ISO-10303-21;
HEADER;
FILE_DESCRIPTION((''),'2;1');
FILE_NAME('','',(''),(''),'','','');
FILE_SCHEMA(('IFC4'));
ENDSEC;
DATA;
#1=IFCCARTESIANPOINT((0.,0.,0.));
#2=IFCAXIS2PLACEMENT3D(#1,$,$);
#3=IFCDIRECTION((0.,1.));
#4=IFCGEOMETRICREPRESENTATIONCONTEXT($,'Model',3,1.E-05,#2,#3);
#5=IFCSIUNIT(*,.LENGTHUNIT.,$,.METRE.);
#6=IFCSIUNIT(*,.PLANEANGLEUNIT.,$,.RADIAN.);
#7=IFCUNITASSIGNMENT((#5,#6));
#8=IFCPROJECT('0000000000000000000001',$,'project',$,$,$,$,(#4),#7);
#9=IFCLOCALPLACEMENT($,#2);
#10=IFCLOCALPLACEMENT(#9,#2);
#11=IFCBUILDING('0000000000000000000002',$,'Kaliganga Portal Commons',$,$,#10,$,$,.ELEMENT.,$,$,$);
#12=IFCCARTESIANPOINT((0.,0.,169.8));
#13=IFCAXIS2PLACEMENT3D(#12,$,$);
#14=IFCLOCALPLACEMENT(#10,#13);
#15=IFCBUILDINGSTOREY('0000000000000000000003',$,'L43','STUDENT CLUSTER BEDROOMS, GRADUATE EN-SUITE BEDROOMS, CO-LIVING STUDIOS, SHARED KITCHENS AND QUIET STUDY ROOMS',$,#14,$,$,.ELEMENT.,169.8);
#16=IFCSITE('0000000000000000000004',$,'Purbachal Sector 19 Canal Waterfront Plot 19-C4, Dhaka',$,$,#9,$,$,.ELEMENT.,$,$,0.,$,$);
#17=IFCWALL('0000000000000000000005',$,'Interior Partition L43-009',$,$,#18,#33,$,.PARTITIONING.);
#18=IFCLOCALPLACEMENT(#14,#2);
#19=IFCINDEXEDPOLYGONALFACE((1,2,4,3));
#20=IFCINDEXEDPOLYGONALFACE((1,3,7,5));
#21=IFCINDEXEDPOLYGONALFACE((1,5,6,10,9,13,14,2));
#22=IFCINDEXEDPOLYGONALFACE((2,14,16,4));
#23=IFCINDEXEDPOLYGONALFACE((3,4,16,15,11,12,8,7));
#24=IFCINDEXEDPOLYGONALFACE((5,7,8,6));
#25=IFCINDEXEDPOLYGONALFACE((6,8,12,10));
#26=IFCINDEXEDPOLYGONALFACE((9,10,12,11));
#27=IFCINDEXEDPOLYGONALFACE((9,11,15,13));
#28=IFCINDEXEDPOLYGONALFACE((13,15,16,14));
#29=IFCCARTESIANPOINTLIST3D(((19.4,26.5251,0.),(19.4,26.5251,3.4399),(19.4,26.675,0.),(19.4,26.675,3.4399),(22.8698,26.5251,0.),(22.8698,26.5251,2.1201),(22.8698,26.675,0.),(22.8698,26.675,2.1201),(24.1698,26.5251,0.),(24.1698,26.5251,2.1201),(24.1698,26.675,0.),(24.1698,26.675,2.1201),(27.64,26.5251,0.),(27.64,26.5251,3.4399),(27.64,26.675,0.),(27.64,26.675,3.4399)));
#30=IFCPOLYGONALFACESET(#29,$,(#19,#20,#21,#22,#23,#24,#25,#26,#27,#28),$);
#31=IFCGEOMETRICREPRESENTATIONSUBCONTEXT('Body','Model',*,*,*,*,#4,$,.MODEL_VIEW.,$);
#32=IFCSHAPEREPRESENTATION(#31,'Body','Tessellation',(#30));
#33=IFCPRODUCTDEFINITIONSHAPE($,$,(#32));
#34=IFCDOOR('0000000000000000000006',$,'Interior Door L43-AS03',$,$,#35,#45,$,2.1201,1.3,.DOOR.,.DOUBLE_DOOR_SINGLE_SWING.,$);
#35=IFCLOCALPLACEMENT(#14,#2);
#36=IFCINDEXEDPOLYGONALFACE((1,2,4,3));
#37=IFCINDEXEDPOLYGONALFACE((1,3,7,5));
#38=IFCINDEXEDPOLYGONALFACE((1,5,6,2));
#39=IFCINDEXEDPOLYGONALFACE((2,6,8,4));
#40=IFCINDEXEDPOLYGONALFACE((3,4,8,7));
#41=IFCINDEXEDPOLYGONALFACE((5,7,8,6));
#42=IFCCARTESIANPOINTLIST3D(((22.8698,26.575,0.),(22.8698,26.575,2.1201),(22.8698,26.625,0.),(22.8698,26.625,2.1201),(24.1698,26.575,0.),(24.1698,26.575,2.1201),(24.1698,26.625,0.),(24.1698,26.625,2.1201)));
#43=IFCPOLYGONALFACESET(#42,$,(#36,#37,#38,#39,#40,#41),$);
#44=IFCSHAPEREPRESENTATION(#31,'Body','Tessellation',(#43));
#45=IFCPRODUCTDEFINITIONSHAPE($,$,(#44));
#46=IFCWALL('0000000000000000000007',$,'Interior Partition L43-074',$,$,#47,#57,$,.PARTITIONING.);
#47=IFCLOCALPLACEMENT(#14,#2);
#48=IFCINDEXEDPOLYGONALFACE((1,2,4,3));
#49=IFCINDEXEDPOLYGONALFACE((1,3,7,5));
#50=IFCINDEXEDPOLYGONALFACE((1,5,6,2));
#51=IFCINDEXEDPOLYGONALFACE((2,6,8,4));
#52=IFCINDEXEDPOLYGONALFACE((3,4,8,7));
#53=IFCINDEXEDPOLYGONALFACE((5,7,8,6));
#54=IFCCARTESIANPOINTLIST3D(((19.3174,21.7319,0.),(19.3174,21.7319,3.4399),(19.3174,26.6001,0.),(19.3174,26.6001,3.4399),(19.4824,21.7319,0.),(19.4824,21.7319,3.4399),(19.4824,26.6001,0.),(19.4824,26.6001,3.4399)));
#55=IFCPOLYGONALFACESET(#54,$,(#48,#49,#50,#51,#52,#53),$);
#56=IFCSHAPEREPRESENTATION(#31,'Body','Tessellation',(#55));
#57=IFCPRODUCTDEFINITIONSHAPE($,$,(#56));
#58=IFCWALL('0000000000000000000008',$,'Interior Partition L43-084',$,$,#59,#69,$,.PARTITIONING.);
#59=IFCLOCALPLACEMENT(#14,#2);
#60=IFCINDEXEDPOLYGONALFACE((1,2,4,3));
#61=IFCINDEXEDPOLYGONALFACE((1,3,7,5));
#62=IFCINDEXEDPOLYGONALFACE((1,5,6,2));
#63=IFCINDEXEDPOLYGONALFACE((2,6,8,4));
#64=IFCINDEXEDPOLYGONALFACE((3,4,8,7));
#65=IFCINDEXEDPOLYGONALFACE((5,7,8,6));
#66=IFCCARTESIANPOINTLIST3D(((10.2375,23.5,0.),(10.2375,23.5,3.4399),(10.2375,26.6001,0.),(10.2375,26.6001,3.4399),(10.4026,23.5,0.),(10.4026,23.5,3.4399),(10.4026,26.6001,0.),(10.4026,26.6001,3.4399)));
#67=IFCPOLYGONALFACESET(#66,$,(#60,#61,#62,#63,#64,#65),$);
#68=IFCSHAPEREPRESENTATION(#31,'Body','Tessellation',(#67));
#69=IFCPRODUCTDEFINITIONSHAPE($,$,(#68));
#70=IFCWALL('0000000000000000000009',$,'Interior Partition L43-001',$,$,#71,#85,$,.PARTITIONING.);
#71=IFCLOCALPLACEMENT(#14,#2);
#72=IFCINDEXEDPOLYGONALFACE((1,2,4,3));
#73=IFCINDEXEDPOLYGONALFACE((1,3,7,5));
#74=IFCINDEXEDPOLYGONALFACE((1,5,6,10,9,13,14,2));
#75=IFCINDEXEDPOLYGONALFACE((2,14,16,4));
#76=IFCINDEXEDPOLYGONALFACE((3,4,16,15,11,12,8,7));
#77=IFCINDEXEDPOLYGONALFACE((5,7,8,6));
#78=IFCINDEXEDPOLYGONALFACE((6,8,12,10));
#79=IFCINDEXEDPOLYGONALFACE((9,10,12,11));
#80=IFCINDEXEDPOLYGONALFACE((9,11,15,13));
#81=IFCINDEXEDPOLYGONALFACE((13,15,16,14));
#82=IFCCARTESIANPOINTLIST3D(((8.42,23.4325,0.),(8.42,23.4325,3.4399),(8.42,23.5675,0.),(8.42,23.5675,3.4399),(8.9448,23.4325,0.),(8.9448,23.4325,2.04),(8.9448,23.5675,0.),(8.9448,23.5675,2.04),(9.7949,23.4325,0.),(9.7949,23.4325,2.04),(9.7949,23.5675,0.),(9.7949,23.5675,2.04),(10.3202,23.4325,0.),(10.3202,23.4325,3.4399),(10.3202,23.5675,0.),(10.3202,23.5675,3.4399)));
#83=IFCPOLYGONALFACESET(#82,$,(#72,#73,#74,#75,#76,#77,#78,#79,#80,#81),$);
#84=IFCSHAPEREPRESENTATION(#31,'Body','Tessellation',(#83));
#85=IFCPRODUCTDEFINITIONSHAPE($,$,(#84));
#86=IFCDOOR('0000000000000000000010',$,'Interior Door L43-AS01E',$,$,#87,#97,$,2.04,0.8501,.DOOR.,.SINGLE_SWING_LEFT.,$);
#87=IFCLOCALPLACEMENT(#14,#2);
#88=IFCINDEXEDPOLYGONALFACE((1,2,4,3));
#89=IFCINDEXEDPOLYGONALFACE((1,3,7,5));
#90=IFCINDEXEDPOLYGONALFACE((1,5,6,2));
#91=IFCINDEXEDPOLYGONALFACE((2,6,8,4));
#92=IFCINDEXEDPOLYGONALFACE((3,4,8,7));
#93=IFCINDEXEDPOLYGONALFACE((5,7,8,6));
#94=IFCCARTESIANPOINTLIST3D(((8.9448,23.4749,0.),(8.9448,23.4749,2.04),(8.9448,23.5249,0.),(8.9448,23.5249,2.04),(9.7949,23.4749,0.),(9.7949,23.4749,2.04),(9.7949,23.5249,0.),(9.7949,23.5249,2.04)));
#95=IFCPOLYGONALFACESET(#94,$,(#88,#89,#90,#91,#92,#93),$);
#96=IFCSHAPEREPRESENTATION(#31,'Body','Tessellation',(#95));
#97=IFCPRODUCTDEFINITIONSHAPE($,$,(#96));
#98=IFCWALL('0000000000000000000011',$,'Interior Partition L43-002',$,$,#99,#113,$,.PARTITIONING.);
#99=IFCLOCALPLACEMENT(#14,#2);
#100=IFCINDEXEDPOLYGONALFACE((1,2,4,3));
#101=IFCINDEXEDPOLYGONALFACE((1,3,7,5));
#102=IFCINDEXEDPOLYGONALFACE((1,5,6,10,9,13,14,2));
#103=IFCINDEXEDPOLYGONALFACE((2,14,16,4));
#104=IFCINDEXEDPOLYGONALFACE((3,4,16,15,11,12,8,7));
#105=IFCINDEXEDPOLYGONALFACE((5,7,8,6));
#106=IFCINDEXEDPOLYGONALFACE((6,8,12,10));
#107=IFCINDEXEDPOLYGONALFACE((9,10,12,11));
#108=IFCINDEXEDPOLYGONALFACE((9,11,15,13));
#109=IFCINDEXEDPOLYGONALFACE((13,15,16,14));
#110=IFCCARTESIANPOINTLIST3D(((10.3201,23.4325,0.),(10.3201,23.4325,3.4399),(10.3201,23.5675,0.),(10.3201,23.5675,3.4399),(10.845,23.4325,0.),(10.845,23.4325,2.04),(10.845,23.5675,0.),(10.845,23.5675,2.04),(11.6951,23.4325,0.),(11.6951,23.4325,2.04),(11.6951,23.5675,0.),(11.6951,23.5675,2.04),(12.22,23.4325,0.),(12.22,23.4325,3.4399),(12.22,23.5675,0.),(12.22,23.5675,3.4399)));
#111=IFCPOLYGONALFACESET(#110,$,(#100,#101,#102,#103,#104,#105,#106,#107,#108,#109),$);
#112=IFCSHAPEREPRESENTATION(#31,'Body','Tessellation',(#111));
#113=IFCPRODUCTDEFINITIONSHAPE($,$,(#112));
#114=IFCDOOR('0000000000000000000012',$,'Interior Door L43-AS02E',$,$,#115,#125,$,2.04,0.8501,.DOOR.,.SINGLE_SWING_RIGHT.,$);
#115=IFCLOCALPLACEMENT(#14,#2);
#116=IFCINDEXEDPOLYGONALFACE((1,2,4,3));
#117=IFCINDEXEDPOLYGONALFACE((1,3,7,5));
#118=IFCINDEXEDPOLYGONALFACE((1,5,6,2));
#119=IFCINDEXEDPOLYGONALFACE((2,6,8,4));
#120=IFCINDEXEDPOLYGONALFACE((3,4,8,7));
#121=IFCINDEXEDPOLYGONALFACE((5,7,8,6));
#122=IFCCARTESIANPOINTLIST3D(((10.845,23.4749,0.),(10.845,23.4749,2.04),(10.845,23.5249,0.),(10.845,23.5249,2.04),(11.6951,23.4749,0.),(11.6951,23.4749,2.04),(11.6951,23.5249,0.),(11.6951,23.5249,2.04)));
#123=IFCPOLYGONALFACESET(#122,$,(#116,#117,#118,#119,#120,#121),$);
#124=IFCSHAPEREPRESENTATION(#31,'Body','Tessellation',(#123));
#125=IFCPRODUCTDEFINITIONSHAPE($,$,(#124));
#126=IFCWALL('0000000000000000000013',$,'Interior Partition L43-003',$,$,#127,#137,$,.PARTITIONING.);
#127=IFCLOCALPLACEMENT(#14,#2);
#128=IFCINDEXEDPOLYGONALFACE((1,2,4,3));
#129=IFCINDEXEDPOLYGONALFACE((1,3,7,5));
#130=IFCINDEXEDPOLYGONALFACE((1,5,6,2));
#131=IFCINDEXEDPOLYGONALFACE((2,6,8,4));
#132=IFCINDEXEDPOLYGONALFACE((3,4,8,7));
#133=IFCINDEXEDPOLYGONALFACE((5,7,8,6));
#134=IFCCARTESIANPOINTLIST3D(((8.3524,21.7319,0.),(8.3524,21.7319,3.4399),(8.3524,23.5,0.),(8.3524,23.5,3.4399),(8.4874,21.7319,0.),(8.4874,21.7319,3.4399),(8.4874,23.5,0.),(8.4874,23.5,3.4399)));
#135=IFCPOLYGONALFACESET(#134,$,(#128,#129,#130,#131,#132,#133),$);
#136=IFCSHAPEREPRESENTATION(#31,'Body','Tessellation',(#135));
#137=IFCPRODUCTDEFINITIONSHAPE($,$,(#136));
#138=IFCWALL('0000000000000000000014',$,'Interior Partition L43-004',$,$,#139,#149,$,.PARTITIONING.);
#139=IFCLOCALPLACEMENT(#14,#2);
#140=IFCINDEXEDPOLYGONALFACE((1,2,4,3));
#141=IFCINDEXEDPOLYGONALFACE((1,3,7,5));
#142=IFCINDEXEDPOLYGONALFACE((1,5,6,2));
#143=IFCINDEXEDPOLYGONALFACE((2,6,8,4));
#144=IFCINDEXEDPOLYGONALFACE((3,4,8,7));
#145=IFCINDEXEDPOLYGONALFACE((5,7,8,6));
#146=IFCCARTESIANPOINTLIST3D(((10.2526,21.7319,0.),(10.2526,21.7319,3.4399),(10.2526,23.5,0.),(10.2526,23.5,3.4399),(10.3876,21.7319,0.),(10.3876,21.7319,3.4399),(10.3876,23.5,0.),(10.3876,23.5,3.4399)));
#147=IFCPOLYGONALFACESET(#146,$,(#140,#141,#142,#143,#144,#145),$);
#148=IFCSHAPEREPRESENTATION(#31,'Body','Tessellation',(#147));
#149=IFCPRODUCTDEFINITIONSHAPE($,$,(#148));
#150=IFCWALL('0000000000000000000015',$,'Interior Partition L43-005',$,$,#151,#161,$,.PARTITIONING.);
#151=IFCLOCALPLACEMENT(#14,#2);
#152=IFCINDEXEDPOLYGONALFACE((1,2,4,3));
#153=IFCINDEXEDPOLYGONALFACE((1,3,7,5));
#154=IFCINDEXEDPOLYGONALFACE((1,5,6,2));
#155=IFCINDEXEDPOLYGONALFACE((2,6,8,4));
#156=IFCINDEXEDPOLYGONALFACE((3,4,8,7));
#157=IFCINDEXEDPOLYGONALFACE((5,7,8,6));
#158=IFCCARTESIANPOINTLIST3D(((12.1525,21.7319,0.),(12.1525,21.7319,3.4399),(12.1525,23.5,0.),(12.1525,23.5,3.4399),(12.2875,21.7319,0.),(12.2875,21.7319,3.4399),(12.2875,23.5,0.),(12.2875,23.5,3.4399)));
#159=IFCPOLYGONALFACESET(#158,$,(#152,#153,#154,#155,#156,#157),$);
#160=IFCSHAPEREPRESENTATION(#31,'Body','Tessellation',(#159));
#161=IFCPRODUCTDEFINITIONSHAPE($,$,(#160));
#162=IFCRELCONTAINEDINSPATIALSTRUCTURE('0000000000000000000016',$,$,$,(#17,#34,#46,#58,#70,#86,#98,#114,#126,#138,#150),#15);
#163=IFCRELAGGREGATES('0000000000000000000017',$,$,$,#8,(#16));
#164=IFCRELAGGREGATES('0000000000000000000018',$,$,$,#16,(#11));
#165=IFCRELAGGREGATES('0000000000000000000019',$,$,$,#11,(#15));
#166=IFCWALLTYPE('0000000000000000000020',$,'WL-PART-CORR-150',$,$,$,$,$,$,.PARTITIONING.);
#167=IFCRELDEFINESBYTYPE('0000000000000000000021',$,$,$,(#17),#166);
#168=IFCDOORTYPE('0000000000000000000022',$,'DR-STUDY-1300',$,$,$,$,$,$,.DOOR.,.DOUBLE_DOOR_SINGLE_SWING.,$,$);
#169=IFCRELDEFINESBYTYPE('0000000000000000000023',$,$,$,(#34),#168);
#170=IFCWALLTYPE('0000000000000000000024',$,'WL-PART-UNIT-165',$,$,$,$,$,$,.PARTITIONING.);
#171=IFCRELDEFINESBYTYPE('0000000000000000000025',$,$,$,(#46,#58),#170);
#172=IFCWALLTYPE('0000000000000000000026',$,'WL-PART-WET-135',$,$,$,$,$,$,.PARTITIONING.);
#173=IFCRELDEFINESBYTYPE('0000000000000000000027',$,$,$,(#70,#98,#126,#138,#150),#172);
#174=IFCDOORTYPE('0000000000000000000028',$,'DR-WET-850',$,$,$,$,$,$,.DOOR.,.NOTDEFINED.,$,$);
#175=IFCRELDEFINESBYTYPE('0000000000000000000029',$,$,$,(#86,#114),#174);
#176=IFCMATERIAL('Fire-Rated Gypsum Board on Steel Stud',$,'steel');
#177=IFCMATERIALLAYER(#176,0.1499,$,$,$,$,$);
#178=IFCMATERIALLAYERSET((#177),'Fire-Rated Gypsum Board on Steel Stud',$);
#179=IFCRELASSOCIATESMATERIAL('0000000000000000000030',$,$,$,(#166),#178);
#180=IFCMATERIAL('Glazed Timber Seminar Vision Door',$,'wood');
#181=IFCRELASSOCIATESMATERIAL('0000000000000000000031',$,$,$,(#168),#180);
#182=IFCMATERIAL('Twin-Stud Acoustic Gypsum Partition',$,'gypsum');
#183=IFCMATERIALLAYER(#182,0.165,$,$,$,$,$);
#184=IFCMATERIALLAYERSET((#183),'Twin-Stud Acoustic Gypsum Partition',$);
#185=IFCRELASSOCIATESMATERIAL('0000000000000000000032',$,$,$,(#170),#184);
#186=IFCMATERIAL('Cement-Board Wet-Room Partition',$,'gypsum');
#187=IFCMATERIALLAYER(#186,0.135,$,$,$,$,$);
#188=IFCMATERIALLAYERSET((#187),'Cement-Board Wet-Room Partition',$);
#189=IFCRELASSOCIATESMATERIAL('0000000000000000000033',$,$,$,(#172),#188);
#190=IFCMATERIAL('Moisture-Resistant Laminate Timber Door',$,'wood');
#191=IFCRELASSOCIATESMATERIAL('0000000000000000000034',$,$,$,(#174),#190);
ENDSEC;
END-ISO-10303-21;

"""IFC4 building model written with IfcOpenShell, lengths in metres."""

from ifc_helpers import new_model, si_unit, direction, frame, frame_2d, origin, place, context, subcontext, project, spatial, rectangle, extrude, material, layer, layer_set, type_object, element, fill, save


model = new_model("IFC4")

# Units and contexts
model_context = context("Model", 3, precision=1e-05, world=origin(), true_north=direction((0.0, 1.0)))
body_context = subcontext(model_context, "Body", "Model", "MODEL_VIEW")
ifc_project = project(units=[si_unit("LENGTHUNIT", "METRE"), si_unit("PLANEANGLEUNIT", "RADIAN")], contexts=[model_context])

# Site, building, storey
site_placement = place(None, origin())
site = spatial("IfcSite", under=ifc_project, at=site_placement, Name="Purbachal Sector 19 Canal Waterfront Plot 19-C4, Dhaka", CompositionType="ELEMENT", RefElevation=0.0)
building_placement = place(site_placement, origin())
building = spatial("IfcBuilding", under=site, at=building_placement, Name="Kaliganga Portal Commons", CompositionType="ELEMENT")
storey_placement = place(building_placement, frame((0.0, 0.0, 169.8)))
storey = spatial("IfcBuildingStorey", under=building, at=storey_placement, Name="L43", Description="STUDENT CLUSTER BEDROOMS, GRADUATE EN-SUITE BEDROOMS, CO-LIVING STUDIOS, SHARED KITCHENS AND QUIET STUDY ROOMS", CompositionType="ELEMENT", Elevation=169.8)

# Wall, opening, door
ifc_material_1 = material(Name="Fire-Rated Gypsum Board on Steel Stud", Category="steel")
ifc_layer_1 = layer(ifc_material_1, 0.1499)
ifc_layer_set_1 = layer_set([ifc_layer_1], Name="Fire-Rated Gypsum Board on Steel Stud")
wall_type_1 = type_object("IfcWallType", Name="WL-PART-CORR-150", PredefinedType="PARTITIONING", material=ifc_layer_set_1)
wall_1_placement = place(storey_placement, frame((19.3999, 26.6001, 0.0), z_axis=(0.0, 0.0, 1.0), x_axis=(1.0, 0.0, 0.0)))
wall_1 = element("IfcWall", 1, at=wall_1_placement, inside=storey, type_object=wall_type_1, Name="Interior Partition L43-009", PredefinedType="PARTITIONING", context=body_context, shape_type="SweptSolid", body=[
    extrude(rectangle(XDim=8.24, YDim=0.1499, at=frame_2d((4.1201, 0.0))), origin(), (0.0, 0.0, 1.0), 3.4399),
])
opening_1_placement = place(wall_1_placement, frame((3.47, 0.0, 0.0)))
opening_1 = element("IfcOpeningElement", 2, at=opening_1_placement, cuts=wall_1, PredefinedType="OPENING", context=body_context, shape_type="SweptSolid", body=[
    extrude(rectangle(XDim=1.3, YDim=2.1201, at=frame_2d((0.6499, 1.0601))), frame((0.0, 0.085, 0.0), z_axis=(0.0, -1.0, 0.0), x_axis=(1.0, 0.0, 0.0)), (0.0, 0.0, 1.0), 0.1699),
])
ifc_material_2 = material(Name="Glazed Timber Seminar Vision Door", Category="wood")
door_type_1 = type_object("IfcDoorType", Name="DR-STUDY-1300", OperationType="DOUBLE_DOOR_SINGLE_SWING", PredefinedType="DOOR", material=ifc_material_2)
door_1_placement = place(opening_1_placement, origin())
door_1 = element("IfcDoor", 3, at=door_1_placement, inside=storey, type_object=door_type_1, Name="Interior Door L43-AS03", OperationType="DOUBLE_DOOR_SINGLE_SWING", OverallHeight=2.1201, OverallWidth=1.3, PredefinedType="DOOR", context=body_context, shape_type="SweptSolid", body=[
    extrude(rectangle(XDim=1.3, YDim=2.1201, at=frame_2d((0.6499, 1.0601))), frame((0.0, 0.0249, 0.0), z_axis=(0.0, -1.0, 0.0), x_axis=(1.0, 0.0, 0.0)), (0.0, 0.0, 1.0), 0.05),
])
fill(opening_1, door_1)

# Walls
ifc_material_3 = material(Name="Twin-Stud Acoustic Gypsum Partition", Category="gypsum")
ifc_layer_2 = layer(ifc_material_3, 0.165)
ifc_layer_set_2 = layer_set([ifc_layer_2], Name="Twin-Stud Acoustic Gypsum Partition")
wall_type_2 = type_object("IfcWallType", Name="WL-PART-UNIT-165", PredefinedType="PARTITIONING", material=ifc_layer_set_2)
wall_2_placement = place(storey_placement, frame((19.3999, 21.7319, 0.0), z_axis=(0.0, 0.0, 1.0), x_axis=(0.0, 1.0, 0.0)))
element("IfcWall", 4, at=wall_2_placement, inside=storey, type_object=wall_type_2, Name="Interior Partition L43-074", PredefinedType="PARTITIONING", context=body_context, shape_type="SweptSolid", body=[
    extrude(rectangle(XDim=4.8682, YDim=0.165, at=frame_2d((2.4341, 0.0))), origin(), (0.0, 0.0, 1.0), 3.4399),
])
wall_3_placement = place(storey_placement, frame((10.3201, 23.5, 0.0), z_axis=(0.0, 0.0, 1.0), x_axis=(0.0, 1.0, 0.0)))
element("IfcWall", 5, at=wall_3_placement, inside=storey, type_object=wall_type_2, Name="Interior Partition L43-084", PredefinedType="PARTITIONING", context=body_context, shape_type="SweptSolid", body=[
    extrude(rectangle(XDim=3.1001, YDim=0.165, at=frame_2d((1.55, 0.0))), origin(), (0.0, 0.0, 1.0), 3.4399),
])

# Walls, openings, doors
ifc_material_4 = material(Name="Cement-Board Wet-Room Partition", Category="gypsum")
ifc_layer_3 = layer(ifc_material_4, 0.135)
ifc_layer_set_3 = layer_set([ifc_layer_3], Name="Cement-Board Wet-Room Partition")
wall_type_3 = type_object("IfcWallType", Name="WL-PART-WET-135", PredefinedType="PARTITIONING", material=ifc_layer_set_3)
wall_4_placement = place(storey_placement, frame((8.4199, 23.5, 0.0), z_axis=(0.0, 0.0, 1.0), x_axis=(1.0, 0.0, 0.0)))
wall_4 = element("IfcWall", 6, at=wall_4_placement, inside=storey, type_object=wall_type_3, Name="Interior Partition L43-001", PredefinedType="PARTITIONING", context=body_context, shape_type="SweptSolid", body=[
    extrude(rectangle(XDim=1.9001, YDim=0.135, at=frame_2d((0.9502, 0.0))), origin(), (0.0, 0.0, 1.0), 3.4399),
])
opening_2_placement = place(wall_4_placement, frame((0.5249, 0.0, 0.0)))
opening_2 = element("IfcOpeningElement", 7, at=opening_2_placement, cuts=wall_4, PredefinedType="OPENING", context=body_context, shape_type="SweptSolid", body=[
    extrude(rectangle(XDim=0.8501, YDim=2.04, at=frame_2d((0.425, 1.02))), frame((0.0, 0.0776, 0.0), z_axis=(0.0, -1.0, 0.0), x_axis=(1.0, 0.0, 0.0)), (0.0, 0.0, 1.0), 0.155),
])
ifc_material_5 = material(Name="Moisture-Resistant Laminate Timber Door", Category="wood")
door_type_2 = type_object("IfcDoorType", Name="DR-WET-850", OperationType="NOTDEFINED", PredefinedType="DOOR", material=ifc_material_5)
door_2_placement = place(opening_2_placement, origin())
door_2 = element("IfcDoor", 8, at=door_2_placement, inside=storey, type_object=door_type_2, Name="Interior Door L43-AS01E", OperationType="SINGLE_SWING_LEFT", OverallHeight=2.04, OverallWidth=0.8501, PredefinedType="DOOR", context=body_context, shape_type="SweptSolid", body=[
    extrude(rectangle(XDim=0.8501, YDim=2.04, at=frame_2d((0.425, 1.02))), frame((0.0, 0.0249, 0.0), z_axis=(0.0, -1.0, 0.0), x_axis=(1.0, 0.0, 0.0)), (0.0, 0.0, 1.0), 0.05),
])
fill(opening_2, door_2)
wall_5_placement = place(storey_placement, frame((10.3201, 23.5, 0.0), z_axis=(0.0, 0.0, 1.0), x_axis=(1.0, 0.0, 0.0)))
wall_5 = element("IfcWall", 9, at=wall_5_placement, inside=storey, type_object=wall_type_3, Name="Interior Partition L43-002", PredefinedType="PARTITIONING", context=body_context, shape_type="SweptSolid", body=[
    extrude(rectangle(XDim=1.8999, YDim=0.135, at=frame_2d((0.95, 0.0))), origin(), (0.0, 0.0, 1.0), 3.4399),
])
opening_3_placement = place(wall_5_placement, frame((0.5249, 0.0, 0.0)))
opening_3 = element("IfcOpeningElement", 10, at=opening_3_placement, cuts=wall_5, PredefinedType="OPENING", context=body_context, shape_type="SweptSolid", body=[
    extrude(rectangle(XDim=0.8501, YDim=2.04, at=frame_2d((0.425, 1.02))), frame((0.0, 0.0776, 0.0), z_axis=(0.0, -1.0, 0.0), x_axis=(1.0, 0.0, 0.0)), (0.0, 0.0, 1.0), 0.155),
])
door_3_placement = place(opening_3_placement, origin())
door_3 = element("IfcDoor", 11, at=door_3_placement, inside=storey, type_object=door_type_2, Name="Interior Door L43-AS02E", OperationType="SINGLE_SWING_RIGHT", OverallHeight=2.04, OverallWidth=0.8501, PredefinedType="DOOR", context=body_context, shape_type="SweptSolid", body=[
    extrude(rectangle(XDim=0.8501, YDim=2.04, at=frame_2d((0.425, 1.02))), frame((0.0, 0.0249, 0.0), z_axis=(0.0, -1.0, 0.0), x_axis=(1.0, 0.0, 0.0)), (0.0, 0.0, 1.0), 0.05),
])
fill(opening_3, door_3)

# Walls
for number, where, z_axis, x_axis, name in (
    (12, (8.4199, 21.7319, 0.0), (0.0, 0.0, 1.0), (0.0, 1.0, 0.0), "Interior Partition L43-003"),
    (13, (10.3201, 21.7319, 0.0), (0.0, 0.0, 1.0), (0.0, 1.0, 0.0), "Interior Partition L43-004"),
    (14, (12.22, 21.7319, 0.0), (0.0, 0.0, 1.0), (0.0, 1.0, 0.0), "Interior Partition L43-005"),
):
    element("IfcWall", number, at=place(storey_placement, frame(where, z_axis=z_axis, x_axis=x_axis)), inside=storey, type_object=wall_type_3, Name=name, PredefinedType="PARTITIONING", context=body_context, shape_type="SweptSolid", body=[
        extrude(rectangle(XDim=1.7681, YDim=0.135, at=frame_2d((0.884, 0.0))), origin(), (0.0, 0.0, 1.0), 3.4399),
    ])

save(model, "model.ifc")
